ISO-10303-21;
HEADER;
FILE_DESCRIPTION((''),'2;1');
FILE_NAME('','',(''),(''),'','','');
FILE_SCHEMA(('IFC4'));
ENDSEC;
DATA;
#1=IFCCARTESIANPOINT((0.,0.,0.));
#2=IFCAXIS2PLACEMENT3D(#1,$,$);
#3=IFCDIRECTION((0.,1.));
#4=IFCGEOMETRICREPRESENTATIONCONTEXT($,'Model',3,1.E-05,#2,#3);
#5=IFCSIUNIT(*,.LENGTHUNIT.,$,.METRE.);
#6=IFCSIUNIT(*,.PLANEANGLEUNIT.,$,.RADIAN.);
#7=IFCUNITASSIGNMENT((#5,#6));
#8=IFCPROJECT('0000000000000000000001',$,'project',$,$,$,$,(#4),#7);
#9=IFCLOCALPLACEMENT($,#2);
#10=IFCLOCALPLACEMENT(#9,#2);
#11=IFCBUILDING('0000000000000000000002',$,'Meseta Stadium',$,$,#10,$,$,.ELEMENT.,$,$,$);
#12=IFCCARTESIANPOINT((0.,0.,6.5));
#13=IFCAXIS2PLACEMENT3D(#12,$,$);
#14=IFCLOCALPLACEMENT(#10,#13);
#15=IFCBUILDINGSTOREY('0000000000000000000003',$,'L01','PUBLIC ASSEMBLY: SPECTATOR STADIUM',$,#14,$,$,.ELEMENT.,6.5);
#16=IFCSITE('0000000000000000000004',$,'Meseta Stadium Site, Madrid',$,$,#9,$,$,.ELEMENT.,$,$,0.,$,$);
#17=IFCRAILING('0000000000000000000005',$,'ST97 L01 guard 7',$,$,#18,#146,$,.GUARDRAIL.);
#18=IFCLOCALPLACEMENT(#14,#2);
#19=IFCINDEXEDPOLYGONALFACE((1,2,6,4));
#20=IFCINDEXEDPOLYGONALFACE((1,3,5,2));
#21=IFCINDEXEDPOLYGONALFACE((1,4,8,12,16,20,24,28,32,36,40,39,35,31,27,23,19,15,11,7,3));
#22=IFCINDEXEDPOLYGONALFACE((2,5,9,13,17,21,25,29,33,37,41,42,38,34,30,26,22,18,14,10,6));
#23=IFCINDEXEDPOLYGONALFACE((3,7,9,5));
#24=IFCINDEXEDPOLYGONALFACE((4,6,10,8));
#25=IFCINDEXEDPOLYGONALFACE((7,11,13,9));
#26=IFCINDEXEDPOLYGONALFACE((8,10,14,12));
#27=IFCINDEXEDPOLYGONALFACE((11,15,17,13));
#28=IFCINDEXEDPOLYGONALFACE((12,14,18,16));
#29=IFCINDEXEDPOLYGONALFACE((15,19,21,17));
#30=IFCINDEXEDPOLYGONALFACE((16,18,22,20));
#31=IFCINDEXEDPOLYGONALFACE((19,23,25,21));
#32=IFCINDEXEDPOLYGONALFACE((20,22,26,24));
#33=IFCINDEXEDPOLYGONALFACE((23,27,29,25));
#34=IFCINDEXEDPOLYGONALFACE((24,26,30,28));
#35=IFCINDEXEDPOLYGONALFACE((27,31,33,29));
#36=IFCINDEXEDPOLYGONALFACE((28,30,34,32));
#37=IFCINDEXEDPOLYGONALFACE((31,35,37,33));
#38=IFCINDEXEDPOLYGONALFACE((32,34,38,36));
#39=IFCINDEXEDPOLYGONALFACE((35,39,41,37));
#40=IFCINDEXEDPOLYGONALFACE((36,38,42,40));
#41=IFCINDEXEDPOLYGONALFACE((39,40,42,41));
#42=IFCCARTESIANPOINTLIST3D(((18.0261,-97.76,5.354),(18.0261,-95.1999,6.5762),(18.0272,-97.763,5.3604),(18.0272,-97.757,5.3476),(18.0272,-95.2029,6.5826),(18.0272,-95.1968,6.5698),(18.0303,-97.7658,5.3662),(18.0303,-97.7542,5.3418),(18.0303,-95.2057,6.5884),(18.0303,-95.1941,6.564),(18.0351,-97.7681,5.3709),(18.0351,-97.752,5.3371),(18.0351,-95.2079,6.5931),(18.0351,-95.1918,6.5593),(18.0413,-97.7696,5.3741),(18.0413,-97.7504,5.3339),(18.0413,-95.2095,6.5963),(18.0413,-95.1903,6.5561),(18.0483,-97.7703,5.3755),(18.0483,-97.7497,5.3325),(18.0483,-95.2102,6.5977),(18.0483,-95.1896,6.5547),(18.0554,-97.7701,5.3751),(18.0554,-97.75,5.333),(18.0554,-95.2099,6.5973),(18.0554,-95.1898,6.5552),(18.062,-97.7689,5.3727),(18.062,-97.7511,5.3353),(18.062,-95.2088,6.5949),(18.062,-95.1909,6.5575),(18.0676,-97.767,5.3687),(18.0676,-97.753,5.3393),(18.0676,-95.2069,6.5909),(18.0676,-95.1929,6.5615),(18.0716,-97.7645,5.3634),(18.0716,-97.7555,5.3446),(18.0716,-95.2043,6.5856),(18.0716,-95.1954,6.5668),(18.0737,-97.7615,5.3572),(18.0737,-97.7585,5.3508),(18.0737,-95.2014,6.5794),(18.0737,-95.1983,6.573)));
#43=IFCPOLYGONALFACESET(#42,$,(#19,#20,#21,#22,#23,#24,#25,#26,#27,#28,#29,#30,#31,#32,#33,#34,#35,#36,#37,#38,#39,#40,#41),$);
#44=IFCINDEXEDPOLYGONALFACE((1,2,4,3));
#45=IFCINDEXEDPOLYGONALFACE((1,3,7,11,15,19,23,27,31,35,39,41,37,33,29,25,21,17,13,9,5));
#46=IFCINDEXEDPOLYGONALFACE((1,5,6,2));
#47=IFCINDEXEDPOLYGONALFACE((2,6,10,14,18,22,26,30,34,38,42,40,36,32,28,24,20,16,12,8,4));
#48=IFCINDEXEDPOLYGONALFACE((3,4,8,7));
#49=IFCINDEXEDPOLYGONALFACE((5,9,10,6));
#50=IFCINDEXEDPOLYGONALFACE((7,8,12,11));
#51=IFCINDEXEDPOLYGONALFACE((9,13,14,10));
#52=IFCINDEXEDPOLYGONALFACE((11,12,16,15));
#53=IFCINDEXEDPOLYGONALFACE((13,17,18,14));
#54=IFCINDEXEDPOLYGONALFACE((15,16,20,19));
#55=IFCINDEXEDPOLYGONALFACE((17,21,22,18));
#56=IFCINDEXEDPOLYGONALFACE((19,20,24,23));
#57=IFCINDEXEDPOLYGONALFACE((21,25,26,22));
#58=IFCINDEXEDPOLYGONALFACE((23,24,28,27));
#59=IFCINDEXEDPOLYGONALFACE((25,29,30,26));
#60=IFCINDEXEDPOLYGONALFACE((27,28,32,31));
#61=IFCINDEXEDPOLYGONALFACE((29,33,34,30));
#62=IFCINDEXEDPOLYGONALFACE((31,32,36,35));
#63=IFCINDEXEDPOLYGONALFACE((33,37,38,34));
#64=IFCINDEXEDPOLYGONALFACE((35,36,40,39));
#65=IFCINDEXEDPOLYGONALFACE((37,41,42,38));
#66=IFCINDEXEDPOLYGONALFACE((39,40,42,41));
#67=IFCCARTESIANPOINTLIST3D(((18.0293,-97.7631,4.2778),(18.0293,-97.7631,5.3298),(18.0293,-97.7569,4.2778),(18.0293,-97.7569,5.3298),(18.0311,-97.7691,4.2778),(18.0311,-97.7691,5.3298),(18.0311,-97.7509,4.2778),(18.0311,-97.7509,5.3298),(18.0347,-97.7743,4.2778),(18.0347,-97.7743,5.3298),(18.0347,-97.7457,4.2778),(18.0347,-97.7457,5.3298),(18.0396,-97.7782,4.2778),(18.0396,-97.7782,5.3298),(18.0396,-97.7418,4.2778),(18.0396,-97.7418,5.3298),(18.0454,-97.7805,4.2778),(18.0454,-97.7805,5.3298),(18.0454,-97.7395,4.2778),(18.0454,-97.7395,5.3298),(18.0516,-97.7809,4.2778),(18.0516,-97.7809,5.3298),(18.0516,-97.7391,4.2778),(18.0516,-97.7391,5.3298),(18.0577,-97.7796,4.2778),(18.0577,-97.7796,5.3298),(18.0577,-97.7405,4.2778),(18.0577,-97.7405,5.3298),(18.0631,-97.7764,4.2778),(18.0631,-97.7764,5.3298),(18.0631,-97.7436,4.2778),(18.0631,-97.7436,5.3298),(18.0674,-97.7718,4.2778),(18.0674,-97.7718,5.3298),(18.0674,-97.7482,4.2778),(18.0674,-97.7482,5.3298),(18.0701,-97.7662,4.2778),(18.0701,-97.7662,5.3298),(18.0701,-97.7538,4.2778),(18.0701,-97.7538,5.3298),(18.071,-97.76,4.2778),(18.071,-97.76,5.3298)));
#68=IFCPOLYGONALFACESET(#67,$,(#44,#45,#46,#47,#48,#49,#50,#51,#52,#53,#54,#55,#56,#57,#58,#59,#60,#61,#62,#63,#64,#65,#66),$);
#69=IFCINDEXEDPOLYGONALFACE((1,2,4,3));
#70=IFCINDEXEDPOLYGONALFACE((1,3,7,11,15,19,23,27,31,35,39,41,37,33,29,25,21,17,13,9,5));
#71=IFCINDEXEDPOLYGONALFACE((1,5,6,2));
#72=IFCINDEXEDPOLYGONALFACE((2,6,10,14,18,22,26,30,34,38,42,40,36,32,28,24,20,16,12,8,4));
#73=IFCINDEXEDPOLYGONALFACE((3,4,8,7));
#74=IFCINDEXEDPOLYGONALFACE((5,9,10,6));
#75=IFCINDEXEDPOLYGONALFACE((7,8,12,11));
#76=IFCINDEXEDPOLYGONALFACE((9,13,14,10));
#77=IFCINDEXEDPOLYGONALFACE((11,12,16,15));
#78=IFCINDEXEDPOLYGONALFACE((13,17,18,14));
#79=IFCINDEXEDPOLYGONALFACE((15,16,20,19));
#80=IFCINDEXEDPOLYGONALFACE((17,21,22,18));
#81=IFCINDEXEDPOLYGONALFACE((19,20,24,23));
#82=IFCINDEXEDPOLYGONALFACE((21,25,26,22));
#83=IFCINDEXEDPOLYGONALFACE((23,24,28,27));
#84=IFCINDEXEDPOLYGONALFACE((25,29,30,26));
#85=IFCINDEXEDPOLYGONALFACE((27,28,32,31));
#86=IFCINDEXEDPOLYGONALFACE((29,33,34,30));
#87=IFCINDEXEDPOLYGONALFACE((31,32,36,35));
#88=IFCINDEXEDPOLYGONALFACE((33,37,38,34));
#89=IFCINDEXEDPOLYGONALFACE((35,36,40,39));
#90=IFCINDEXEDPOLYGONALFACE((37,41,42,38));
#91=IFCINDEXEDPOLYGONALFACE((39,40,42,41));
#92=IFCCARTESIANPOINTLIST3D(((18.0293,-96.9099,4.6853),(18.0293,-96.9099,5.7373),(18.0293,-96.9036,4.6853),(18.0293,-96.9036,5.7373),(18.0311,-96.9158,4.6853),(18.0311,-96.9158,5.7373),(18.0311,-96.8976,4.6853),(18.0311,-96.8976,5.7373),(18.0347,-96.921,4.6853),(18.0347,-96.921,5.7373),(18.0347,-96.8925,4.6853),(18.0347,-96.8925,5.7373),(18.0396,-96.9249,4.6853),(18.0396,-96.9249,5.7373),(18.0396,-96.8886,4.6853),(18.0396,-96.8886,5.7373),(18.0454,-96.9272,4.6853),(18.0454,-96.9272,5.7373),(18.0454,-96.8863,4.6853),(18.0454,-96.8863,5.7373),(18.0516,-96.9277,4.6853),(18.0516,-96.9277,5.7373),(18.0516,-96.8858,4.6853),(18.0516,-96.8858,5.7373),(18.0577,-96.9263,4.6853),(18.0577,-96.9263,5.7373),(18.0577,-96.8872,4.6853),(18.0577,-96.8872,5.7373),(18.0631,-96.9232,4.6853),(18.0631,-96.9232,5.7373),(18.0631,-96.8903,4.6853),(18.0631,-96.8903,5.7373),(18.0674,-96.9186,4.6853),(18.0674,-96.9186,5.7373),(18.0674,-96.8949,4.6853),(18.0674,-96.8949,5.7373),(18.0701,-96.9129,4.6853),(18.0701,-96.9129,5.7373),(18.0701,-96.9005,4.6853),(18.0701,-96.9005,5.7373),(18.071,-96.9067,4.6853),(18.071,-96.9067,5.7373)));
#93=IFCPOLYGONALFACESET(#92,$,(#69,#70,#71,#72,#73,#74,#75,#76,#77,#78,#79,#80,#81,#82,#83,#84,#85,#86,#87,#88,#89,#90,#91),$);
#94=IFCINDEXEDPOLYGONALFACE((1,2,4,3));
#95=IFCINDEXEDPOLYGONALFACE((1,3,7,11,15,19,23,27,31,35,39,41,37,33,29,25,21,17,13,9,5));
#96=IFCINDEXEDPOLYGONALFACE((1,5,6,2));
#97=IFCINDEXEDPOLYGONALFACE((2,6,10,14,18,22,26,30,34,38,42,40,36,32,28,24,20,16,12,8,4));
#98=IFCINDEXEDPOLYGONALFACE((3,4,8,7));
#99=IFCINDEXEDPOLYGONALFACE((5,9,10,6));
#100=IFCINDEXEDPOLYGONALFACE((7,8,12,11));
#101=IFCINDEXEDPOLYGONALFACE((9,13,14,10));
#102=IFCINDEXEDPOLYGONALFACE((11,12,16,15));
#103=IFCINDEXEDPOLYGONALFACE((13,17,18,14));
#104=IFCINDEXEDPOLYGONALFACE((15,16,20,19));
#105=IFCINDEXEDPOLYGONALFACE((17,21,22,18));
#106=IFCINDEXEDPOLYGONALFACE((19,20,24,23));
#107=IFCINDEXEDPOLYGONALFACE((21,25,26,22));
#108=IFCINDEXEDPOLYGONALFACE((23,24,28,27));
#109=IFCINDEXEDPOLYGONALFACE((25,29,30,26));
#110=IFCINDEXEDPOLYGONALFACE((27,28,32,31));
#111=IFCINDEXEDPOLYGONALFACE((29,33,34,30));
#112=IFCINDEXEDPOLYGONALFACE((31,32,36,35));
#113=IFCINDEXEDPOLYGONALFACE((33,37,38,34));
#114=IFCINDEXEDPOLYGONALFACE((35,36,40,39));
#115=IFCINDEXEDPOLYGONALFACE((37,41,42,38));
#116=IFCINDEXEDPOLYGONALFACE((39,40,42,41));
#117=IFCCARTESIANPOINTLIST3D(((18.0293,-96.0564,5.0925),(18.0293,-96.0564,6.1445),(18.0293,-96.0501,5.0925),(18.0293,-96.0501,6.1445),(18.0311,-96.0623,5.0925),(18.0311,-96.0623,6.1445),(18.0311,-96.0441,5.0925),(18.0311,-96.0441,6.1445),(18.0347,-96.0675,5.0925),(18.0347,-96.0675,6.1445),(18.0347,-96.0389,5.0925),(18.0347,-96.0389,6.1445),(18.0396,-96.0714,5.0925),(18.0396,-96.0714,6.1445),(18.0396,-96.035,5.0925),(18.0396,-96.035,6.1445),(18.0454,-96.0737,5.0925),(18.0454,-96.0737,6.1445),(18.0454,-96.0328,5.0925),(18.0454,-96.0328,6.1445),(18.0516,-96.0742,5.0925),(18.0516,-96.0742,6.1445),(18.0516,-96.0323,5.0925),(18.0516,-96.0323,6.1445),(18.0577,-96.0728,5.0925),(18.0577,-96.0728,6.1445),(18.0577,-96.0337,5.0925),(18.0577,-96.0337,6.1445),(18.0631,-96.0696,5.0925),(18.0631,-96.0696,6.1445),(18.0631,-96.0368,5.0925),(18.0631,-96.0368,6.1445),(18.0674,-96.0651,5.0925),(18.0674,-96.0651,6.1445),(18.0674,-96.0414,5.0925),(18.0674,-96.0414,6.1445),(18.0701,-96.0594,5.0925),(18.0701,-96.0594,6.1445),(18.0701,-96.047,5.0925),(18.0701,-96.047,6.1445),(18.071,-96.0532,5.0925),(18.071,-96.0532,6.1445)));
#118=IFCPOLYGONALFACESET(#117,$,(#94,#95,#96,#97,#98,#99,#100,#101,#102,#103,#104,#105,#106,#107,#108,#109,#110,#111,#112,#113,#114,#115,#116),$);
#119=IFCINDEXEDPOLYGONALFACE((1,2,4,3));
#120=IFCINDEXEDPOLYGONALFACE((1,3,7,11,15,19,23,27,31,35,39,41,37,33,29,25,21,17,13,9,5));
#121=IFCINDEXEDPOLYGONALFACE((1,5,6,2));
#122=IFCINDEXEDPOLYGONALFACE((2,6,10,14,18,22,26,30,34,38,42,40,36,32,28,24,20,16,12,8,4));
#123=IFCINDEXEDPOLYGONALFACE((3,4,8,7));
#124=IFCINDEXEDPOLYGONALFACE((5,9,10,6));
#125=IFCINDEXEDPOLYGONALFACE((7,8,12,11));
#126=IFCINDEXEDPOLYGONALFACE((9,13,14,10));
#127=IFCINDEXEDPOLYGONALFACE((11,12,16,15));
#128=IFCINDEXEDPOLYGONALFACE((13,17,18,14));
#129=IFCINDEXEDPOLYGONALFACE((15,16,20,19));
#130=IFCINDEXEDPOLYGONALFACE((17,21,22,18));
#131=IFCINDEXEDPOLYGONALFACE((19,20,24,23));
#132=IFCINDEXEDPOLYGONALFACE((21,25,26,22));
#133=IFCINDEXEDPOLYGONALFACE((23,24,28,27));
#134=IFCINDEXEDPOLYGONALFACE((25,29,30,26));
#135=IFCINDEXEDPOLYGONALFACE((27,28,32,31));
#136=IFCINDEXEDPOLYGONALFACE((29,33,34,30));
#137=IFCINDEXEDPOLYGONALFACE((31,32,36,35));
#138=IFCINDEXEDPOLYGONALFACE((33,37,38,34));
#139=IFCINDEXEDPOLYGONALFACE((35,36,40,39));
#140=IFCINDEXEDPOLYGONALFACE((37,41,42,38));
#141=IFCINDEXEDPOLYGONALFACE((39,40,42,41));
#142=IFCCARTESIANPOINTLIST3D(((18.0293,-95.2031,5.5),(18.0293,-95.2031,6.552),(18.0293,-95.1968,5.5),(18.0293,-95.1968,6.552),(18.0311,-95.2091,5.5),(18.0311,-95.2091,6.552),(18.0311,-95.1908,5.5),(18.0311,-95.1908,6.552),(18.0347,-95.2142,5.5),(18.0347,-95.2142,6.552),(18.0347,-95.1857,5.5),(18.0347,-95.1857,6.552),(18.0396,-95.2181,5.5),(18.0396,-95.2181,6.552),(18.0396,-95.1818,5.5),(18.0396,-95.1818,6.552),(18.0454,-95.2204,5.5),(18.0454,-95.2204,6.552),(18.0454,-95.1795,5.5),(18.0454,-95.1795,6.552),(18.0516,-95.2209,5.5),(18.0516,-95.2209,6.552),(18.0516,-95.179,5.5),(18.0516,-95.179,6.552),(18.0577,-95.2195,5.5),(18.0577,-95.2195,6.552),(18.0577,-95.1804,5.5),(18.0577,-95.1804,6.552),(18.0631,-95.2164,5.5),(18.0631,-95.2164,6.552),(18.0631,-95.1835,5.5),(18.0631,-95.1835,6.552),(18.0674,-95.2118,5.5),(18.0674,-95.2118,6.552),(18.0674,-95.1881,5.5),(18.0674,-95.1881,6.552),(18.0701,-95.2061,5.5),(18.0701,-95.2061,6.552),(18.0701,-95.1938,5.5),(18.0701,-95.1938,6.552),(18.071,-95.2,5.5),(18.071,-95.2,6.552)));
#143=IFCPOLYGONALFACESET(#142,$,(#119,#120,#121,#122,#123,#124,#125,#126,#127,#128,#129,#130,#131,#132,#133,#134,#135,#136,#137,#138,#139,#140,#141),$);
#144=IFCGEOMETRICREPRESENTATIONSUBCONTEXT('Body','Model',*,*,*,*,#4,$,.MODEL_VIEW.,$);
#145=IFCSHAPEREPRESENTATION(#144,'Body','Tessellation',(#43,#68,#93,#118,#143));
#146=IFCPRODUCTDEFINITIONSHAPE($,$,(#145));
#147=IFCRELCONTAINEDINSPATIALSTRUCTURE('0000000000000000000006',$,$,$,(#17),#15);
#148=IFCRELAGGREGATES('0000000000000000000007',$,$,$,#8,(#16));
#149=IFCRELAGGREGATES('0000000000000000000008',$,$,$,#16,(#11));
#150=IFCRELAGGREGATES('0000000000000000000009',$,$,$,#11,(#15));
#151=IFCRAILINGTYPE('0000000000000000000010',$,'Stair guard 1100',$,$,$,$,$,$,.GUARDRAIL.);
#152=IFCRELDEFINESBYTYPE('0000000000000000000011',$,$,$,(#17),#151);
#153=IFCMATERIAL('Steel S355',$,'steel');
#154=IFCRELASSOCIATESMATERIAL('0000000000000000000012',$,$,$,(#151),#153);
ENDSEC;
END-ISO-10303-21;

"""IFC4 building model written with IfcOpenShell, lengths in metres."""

from ifc_helpers import new_model, si_unit, direction, frame, origin, origin_2d, place, context, subcontext, project, spatial, circle, extrude, material, type_object, element, save


model = new_model("IFC4")

# Units and contexts
model_context = context("Model", 3, precision=1e-05, world=origin(), true_north=direction((0.0, 1.0)))
body_context = subcontext(model_context, "Body", "Model", "MODEL_VIEW")
ifc_project = project(units=[si_unit("LENGTHUNIT", "METRE"), si_unit("PLANEANGLEUNIT", "RADIAN")], contexts=[model_context])

# Site, building, storey
site_placement = place(None, origin())
site = spatial("IfcSite", under=ifc_project, at=site_placement, Name="Meseta Stadium Site, Madrid", CompositionType="ELEMENT", RefElevation=0.0)
building_placement = place(site_placement, origin())
building = spatial("IfcBuilding", under=site, at=building_placement, Name="Meseta Stadium", CompositionType="ELEMENT")
storey_placement = place(building_placement, frame((0.0, 0.0, 6.5)))
storey = spatial("IfcBuildingStorey", under=building, at=storey_placement, Name="L01", Description="PUBLIC ASSEMBLY: SPECTATOR STADIUM", CompositionType="ELEMENT", Elevation=6.5)

# Railing
ifc_material_1 = material(Name="Steel S355", Category="steel")
railing_type_1 = type_object("IfcRailingType", Name="Stair guard 1100", PredefinedType="GUARDRAIL", material=ifc_material_1)
railing_1_placement = place(storey_placement, frame((18.05, -97.76, 4.2778)))
element("IfcRailing", 1, at=railing_1_placement, inside=storey, type_object=railing_type_1, Name="ST97 L01 guard 7", PredefinedType="GUARDRAIL", context=body_context, shape_type="SweptSolid", body=[
    extrude(circle(Radius=0.0239, at=origin_2d()), frame((0.0, 0.0, 1.0762), z_axis=(0.0, 0.902437, 0.430822), x_axis=(-1.0, 0.0, 0.0)), (0.0, 0.0, 1.0), 2.8369),
    extrude(circle(Radius=0.021, at=origin_2d()), origin(), (0.0, 0.0, 1.0), 1.052),
    extrude(circle(Radius=0.021, at=origin_2d()), frame((0.0, 0.8533, 0.4075)), (0.0, 0.0, 1.0), 1.052),
    extrude(circle(Radius=0.021, at=origin_2d()), frame((0.0, 1.7068, 0.8147)), (0.0, 0.0, 1.0), 1.052),
    extrude(circle(Radius=0.021, at=origin_2d()), frame((0.0, 2.5601, 1.2222)), (0.0, 0.0, 1.0), 1.052),
])

save(model, "model.ifc")
